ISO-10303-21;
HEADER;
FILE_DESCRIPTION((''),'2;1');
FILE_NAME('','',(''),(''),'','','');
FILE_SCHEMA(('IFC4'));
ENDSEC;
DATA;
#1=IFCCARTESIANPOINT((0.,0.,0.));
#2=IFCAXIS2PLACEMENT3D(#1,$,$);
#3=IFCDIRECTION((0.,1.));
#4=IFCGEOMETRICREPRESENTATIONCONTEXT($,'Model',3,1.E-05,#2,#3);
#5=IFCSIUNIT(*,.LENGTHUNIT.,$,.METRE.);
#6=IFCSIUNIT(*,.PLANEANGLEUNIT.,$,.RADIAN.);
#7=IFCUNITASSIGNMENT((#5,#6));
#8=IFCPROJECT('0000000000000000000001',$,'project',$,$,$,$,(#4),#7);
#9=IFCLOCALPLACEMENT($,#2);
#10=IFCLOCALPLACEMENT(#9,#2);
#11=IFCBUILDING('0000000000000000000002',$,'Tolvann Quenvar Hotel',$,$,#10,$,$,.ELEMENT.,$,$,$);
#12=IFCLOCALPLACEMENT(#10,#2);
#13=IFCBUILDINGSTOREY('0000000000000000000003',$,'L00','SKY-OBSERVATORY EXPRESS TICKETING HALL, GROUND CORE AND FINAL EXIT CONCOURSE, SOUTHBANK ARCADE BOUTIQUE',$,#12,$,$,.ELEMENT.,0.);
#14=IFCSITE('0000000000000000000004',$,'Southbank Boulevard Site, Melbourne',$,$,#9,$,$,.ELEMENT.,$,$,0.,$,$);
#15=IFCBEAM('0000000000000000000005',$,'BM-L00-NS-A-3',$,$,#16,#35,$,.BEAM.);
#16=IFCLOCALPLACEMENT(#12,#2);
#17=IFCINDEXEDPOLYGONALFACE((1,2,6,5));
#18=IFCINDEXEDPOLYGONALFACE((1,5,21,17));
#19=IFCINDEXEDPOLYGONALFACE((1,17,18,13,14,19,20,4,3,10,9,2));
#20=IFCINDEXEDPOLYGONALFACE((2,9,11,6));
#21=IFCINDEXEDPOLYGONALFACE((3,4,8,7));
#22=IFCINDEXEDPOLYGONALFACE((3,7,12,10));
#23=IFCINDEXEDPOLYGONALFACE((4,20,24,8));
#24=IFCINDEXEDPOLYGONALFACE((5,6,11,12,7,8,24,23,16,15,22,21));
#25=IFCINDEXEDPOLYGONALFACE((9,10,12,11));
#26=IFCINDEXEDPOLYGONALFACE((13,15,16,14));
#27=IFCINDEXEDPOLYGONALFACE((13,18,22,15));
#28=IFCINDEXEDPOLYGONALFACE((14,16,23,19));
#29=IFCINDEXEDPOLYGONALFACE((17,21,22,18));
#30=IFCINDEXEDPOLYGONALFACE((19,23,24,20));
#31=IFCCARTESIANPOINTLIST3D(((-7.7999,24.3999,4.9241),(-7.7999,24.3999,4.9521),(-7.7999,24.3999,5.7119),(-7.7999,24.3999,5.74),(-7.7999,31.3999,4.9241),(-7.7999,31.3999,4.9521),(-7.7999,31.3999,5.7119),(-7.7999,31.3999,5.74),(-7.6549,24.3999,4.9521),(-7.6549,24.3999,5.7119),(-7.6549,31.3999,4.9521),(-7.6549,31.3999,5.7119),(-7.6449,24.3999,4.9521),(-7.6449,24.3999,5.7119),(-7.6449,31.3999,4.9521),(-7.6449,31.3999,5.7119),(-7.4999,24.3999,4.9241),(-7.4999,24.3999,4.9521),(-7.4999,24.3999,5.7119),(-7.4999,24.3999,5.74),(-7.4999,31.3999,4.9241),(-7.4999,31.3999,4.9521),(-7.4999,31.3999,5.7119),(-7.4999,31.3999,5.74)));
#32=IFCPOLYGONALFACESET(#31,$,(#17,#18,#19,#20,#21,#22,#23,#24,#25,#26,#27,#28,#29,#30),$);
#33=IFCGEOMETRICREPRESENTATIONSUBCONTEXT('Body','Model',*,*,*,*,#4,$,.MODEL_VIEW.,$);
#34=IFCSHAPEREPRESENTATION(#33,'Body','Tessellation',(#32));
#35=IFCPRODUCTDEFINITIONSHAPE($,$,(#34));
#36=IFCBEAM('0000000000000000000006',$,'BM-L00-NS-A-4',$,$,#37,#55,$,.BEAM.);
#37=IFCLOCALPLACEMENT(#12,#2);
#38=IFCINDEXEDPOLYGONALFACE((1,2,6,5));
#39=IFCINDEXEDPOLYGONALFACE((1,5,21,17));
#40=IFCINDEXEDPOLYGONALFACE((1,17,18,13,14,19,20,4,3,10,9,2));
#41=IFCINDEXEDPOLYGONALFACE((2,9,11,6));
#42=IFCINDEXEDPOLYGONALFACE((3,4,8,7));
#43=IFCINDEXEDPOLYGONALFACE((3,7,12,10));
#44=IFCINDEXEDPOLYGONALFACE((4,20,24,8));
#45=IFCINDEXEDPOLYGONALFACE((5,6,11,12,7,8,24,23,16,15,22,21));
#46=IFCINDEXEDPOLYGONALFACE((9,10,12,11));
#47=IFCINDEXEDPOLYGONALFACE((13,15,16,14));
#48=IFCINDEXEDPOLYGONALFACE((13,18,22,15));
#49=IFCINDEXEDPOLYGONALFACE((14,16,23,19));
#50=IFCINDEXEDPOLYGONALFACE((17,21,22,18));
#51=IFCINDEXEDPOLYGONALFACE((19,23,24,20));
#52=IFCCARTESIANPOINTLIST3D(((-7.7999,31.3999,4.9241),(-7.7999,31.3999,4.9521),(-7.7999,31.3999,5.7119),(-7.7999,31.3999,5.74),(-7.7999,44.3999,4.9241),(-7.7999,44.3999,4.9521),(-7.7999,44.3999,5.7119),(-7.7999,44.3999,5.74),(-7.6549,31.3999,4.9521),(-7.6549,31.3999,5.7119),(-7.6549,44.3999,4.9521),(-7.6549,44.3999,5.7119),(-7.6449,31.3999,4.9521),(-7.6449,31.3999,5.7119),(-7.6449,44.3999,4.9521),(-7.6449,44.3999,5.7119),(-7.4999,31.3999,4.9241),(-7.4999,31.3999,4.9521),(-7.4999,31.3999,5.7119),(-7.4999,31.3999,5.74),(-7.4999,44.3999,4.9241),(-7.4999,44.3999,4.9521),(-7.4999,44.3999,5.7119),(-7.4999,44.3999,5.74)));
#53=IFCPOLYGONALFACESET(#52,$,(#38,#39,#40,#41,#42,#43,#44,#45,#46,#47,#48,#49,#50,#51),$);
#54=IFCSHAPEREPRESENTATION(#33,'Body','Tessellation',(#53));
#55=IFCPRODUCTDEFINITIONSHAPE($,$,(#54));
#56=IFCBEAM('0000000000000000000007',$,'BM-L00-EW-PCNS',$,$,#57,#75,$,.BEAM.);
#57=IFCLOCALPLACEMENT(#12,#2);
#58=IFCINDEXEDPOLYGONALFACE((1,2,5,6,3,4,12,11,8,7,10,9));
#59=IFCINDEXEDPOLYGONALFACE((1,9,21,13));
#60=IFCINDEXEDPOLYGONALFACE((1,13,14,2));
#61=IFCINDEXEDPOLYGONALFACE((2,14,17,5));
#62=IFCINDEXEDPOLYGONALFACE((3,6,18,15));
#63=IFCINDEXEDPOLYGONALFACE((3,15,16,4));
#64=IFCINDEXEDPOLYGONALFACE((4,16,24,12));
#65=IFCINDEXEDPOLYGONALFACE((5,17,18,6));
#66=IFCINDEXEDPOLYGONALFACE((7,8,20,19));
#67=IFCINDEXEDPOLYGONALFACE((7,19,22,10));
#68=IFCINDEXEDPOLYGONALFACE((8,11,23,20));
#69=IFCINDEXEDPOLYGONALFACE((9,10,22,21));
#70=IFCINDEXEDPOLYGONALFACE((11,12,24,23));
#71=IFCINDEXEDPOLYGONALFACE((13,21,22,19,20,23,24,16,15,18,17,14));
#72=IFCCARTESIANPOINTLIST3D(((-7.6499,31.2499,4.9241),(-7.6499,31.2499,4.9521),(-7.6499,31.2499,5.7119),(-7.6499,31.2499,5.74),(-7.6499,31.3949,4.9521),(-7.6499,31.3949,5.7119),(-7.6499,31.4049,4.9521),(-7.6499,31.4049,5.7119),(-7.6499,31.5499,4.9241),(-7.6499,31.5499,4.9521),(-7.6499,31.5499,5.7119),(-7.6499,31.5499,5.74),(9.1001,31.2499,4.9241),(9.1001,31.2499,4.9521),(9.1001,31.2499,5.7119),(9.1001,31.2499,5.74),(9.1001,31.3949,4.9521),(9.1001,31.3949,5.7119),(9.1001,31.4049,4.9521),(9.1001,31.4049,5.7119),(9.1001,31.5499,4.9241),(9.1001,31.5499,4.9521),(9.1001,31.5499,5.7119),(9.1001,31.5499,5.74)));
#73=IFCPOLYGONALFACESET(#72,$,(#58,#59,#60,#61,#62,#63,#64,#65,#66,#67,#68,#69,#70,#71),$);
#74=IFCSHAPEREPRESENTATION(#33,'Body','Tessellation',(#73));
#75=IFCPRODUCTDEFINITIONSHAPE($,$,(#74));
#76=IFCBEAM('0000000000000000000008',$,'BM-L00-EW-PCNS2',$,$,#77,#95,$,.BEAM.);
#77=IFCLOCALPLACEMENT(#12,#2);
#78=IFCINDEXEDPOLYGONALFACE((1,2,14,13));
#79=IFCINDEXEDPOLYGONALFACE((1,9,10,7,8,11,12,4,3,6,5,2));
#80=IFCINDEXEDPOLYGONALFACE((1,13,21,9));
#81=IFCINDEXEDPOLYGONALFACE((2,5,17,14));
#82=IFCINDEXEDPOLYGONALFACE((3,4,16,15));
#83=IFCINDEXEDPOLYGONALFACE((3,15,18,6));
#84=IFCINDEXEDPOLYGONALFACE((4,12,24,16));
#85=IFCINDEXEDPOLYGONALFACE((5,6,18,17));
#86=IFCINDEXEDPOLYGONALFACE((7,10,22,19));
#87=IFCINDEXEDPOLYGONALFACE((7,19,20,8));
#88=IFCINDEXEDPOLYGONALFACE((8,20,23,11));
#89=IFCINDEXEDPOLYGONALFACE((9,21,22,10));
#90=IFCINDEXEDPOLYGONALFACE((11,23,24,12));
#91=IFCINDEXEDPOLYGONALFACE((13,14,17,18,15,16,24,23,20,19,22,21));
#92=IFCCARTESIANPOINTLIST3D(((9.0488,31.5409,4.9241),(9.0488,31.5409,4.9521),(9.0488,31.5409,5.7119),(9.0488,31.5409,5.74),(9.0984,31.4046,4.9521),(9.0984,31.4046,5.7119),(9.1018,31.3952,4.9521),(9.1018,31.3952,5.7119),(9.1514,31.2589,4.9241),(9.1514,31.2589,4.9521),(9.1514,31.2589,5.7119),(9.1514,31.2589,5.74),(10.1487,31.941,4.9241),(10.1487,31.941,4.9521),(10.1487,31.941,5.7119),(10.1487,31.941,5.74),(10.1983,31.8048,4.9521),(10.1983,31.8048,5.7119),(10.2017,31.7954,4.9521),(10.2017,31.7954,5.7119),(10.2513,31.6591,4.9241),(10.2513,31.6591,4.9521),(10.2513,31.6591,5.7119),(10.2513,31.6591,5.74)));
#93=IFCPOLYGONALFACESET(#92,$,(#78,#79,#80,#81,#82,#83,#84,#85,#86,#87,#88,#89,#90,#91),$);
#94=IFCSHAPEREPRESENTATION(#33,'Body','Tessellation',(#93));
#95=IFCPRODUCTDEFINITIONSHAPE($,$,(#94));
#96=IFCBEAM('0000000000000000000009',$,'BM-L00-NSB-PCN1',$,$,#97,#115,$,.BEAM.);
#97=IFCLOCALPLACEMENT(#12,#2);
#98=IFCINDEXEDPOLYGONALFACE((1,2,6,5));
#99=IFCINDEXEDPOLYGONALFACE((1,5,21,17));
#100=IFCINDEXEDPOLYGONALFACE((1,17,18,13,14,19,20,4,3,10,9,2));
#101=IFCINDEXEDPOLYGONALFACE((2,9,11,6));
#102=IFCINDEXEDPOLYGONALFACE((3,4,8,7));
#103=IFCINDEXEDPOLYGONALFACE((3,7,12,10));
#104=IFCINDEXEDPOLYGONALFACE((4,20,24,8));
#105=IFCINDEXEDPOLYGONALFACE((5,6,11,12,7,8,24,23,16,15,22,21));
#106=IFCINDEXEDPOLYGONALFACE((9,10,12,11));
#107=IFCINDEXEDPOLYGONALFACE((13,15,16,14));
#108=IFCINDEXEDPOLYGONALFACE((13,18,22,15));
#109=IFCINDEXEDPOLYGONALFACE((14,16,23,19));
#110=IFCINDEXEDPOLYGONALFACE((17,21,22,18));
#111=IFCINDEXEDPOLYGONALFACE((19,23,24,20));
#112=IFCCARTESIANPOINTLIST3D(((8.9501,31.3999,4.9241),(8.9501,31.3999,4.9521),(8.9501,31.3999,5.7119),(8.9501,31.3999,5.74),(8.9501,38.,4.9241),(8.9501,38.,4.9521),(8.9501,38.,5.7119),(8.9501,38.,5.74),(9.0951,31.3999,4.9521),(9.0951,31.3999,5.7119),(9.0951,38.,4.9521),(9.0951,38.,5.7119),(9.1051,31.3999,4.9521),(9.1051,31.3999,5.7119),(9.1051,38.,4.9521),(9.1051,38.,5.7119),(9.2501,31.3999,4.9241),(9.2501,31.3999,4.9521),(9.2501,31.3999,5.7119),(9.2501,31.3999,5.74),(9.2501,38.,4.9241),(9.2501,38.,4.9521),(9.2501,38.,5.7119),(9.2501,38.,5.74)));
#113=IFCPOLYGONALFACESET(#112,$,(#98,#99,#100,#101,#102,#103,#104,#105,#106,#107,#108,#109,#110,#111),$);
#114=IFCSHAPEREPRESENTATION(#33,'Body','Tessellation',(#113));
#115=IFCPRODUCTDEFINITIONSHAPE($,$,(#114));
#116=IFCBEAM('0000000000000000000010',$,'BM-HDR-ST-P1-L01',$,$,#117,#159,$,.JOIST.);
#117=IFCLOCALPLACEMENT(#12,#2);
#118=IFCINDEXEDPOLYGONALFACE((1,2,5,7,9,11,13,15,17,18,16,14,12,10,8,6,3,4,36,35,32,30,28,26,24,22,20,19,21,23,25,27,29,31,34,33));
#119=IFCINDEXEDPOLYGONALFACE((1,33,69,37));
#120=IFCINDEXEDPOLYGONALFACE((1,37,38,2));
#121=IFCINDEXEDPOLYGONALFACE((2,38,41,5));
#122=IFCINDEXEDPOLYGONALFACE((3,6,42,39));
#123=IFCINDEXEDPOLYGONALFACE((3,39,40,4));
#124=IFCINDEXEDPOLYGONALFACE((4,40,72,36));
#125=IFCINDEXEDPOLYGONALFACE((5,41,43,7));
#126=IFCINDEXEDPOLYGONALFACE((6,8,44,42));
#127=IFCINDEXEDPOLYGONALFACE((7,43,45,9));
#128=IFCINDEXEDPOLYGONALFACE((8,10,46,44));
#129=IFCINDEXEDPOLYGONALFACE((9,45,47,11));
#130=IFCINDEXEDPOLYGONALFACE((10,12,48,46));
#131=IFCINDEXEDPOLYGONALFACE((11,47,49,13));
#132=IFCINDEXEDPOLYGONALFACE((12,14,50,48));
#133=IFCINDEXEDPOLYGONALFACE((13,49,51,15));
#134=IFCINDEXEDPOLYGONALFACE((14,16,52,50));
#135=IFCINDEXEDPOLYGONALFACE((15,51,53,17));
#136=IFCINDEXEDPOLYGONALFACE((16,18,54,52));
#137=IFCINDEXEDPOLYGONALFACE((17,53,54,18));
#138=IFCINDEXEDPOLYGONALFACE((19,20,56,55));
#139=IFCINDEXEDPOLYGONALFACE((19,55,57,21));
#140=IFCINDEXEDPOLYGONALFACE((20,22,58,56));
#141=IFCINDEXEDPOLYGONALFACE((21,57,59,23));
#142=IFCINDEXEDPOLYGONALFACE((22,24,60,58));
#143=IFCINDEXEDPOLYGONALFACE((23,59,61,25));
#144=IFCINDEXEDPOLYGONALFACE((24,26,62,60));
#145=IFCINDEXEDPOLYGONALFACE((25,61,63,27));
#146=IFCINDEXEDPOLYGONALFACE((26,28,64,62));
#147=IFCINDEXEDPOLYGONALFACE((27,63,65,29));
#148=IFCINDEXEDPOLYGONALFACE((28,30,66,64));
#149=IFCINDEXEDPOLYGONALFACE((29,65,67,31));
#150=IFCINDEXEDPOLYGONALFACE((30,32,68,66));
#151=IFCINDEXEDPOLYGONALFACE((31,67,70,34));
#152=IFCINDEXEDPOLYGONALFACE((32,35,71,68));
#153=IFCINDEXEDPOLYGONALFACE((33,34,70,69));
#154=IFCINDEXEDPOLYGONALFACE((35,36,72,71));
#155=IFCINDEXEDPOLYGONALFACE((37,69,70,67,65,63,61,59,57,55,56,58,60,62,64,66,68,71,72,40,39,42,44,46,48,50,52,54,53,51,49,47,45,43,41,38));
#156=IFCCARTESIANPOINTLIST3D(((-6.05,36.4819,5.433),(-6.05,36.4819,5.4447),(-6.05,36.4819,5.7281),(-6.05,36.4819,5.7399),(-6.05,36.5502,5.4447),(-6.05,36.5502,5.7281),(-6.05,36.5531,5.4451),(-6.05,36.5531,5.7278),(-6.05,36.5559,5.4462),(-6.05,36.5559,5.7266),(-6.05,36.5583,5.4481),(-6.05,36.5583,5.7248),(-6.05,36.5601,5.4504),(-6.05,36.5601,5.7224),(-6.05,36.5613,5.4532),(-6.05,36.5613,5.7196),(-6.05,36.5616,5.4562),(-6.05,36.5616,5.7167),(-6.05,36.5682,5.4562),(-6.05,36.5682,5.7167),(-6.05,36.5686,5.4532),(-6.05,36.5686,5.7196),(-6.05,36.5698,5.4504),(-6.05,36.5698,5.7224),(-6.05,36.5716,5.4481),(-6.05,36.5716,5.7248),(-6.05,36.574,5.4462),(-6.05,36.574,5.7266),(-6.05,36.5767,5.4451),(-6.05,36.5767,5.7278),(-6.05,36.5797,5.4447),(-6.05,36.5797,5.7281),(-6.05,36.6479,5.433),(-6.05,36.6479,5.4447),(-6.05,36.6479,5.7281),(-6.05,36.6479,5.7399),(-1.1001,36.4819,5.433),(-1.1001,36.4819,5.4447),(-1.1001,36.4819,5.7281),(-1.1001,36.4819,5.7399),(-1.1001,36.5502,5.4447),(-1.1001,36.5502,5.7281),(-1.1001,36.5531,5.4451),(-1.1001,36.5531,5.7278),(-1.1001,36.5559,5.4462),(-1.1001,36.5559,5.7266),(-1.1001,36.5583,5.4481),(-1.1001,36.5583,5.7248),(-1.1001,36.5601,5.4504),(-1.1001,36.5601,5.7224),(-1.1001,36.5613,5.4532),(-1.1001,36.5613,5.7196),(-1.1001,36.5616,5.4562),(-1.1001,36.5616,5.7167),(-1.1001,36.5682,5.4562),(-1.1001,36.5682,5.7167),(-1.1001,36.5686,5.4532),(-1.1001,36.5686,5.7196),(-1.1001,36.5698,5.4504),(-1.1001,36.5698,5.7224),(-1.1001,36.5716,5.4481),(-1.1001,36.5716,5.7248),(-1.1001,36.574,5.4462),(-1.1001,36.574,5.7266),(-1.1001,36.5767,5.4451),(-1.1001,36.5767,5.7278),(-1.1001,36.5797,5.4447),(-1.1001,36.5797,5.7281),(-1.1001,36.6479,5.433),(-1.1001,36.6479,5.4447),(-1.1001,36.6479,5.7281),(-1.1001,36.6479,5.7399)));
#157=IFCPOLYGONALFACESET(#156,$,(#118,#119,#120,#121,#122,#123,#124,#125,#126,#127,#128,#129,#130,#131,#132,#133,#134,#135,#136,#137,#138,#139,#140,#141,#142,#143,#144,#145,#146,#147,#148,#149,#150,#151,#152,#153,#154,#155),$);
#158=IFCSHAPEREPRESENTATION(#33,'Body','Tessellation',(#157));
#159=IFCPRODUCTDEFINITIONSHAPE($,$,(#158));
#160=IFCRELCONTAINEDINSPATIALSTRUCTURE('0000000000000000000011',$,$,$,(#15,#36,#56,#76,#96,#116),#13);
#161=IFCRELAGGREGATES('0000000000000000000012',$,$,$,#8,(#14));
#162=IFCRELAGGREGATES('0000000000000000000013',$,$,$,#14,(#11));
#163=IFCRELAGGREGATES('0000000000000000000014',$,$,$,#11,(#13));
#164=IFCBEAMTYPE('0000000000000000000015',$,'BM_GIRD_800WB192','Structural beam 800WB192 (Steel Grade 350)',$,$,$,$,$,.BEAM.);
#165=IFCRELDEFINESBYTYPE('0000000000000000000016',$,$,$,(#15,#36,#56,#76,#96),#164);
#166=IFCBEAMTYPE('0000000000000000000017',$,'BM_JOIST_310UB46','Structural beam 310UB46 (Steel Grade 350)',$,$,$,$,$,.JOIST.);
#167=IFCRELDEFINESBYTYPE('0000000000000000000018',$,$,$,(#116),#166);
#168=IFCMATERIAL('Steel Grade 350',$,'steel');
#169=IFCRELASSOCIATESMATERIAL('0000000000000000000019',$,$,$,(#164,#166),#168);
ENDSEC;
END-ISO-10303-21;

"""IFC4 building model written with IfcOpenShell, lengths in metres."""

from ifc_helpers import new_model, si_unit, direction, frame, origin, origin_2d, place, context, subcontext, project, spatial, i_section, extrude, source, transform, mapped, material, material_profile, profile_set, type_object, type_shapes, element, save


model = new_model("IFC4")

# Units and contexts
model_context = context("Model", 3, precision=1e-05, world=origin(), true_north=direction((0.0, 1.0)))
body_context = subcontext(model_context, "Body", "Model", "MODEL_VIEW")
ifc_project = project(units=[si_unit("LENGTHUNIT", "METRE"), si_unit("PLANEANGLEUNIT", "RADIAN")], contexts=[model_context])

# Site, building, storey
site_placement = place(None, origin())
site = spatial("IfcSite", under=ifc_project, at=site_placement, Name="Southbank Boulevard Site, Melbourne", CompositionType="ELEMENT", RefElevation=0.0)
building_placement = place(site_placement, origin())
building = spatial("IfcBuilding", under=site, at=building_placement, Name="Tolvann Quenvar Hotel", CompositionType="ELEMENT")
storey_placement = place(building_placement, origin())
storey = spatial("IfcBuildingStorey", under=building, at=storey_placement, Name="L00", Description="SKY-OBSERVATORY EXPRESS TICKETING HALL, GROUND CORE AND FINAL EXIT CONCOURSE, SOUTHBANK ARCADE BOUTIQUE", CompositionType="ELEMENT", Elevation=0.0)

# Beams
ifc_material_1 = material(Name="Steel Grade 350", Category="steel")
ifc_material_profile_1 = material_profile(ifc_material_1, i_section(OverallWidth=0.3, OverallDepth=0.8159, WebThickness=0.01, FlangeThickness=0.0281, at=origin_2d()), Name="800WB192")
ifc_profile_set_1 = profile_set([ifc_material_profile_1], Name="Steel Grade 350")
beam_type_1 = type_object("IfcBeamType", Name="BM_GIRD_800WB192", Description="Structural beam 800WB192 (Steel Grade 350)", PredefinedType="BEAM", material=ifc_profile_set_1)
shared_shape_1 = source(origin(), body_context, "Body", "SweptSolid", [
    extrude(i_section(OverallWidth=0.3, OverallDepth=0.8159, WebThickness=0.01, FlangeThickness=0.0281, at=origin_2d()), origin(), (0.0, 0.0, 1.0), 7.0),
])
beam_1_placement = place(storey_placement, frame((-7.6499, 24.3999, 5.332), z_axis=(0.0, 1.0, 0.0), x_axis=(-1.0, 0.0, 0.0)))
element("IfcBeam", 1, at=beam_1_placement, inside=storey, type_object=beam_type_1, Name="BM-L00-NS-A-3", PredefinedType="BEAM", context=body_context, shape_type="MappedRepresentation", body=[
    mapped(shared_shape_1, transform((0.0, 0.0, 0.0), x_axis=(1.0, 0.0, 0.0), y_axis=(0.0, 1.0, 0.0), z_axis=(0.0, 0.0, 1.0), scale=1.0)),
])
shared_shape_2 = source(origin(), body_context, "Body", "SweptSolid", [
    extrude(i_section(OverallWidth=0.3, OverallDepth=0.8159, WebThickness=0.01, FlangeThickness=0.0281, at=origin_2d()), origin(), (0.0, 0.0, 1.0), 13.0),
])
beam_2_placement = place(storey_placement, frame((-7.6499, 31.3999, 5.332), z_axis=(0.0, 1.0, 0.0), x_axis=(-1.0, 0.0, 0.0)))
element("IfcBeam", 2, at=beam_2_placement, inside=storey, type_object=beam_type_1, Name="BM-L00-NS-A-4", PredefinedType="BEAM", context=body_context, shape_type="MappedRepresentation", body=[
    mapped(shared_shape_2, transform((0.0, 0.0, 0.0), x_axis=(1.0, 0.0, 0.0), y_axis=(0.0, 1.0, 0.0), z_axis=(0.0, 0.0, 1.0), scale=1.0)),
])
shared_shape_3 = source(origin(), body_context, "Body", "SweptSolid", [
    extrude(i_section(OverallWidth=0.3, OverallDepth=0.8159, WebThickness=0.01, FlangeThickness=0.0281, at=origin_2d()), origin(), (0.0, 0.0, 1.0), 16.75),
])
beam_3_placement = place(storey_placement, frame((-7.6499, 31.3999, 5.332), z_axis=(1.0, 0.0, 0.0), x_axis=(0.0, 1.0, 0.0)))
element("IfcBeam", 3, at=beam_3_placement, inside=storey, type_object=beam_type_1, Name="BM-L00-EW-PCNS", PredefinedType="BEAM", context=body_context, shape_type="MappedRepresentation", body=[
    mapped(shared_shape_3, transform((0.0, 0.0, 0.0), x_axis=(1.0, 0.0, 0.0), y_axis=(0.0, 1.0, 0.0), z_axis=(0.0, 0.0, 1.0), scale=1.0)),
])
shared_shape_4 = source(origin(), body_context, "Body", "SweptSolid", [
    extrude(i_section(OverallWidth=0.3, OverallDepth=0.8159, WebThickness=0.01, FlangeThickness=0.0281, at=origin_2d()), origin(), (0.0, 0.0, 1.0), 1.1704),
])
beam_4_placement = place(storey_placement, frame((9.1001, 31.3999, 5.332), z_axis=(0.939739, 0.341894, 0.0), x_axis=(-0.341894, 0.939739, 0.0)))
element("IfcBeam", 4, at=beam_4_placement, inside=storey, type_object=beam_type_1, Name="BM-L00-EW-PCNS2", PredefinedType="BEAM", context=body_context, shape_type="MappedRepresentation", body=[
    mapped(shared_shape_4, transform((0.0, 0.0, 0.0), x_axis=(1.0, 0.0, 0.0), y_axis=(0.0, 1.0, 0.0), z_axis=(0.0, 0.0, 1.0), scale=1.0)),
])
shared_shape_5 = source(origin(), body_context, "Body", "SweptSolid", [
    extrude(i_section(OverallWidth=0.3, OverallDepth=0.8159, WebThickness=0.01, FlangeThickness=0.0281, at=origin_2d()), origin(), (0.0, 0.0, 1.0), 6.6001),
])
beam_5_placement = place(storey_placement, frame((9.1001, 31.3999, 5.332), z_axis=(0.0, 1.0, 0.0), x_axis=(-1.0, 0.0, 0.0)))
element("IfcBeam", 5, at=beam_5_placement, inside=storey, type_object=beam_type_1, Name="BM-L00-NSB-PCN1", PredefinedType="BEAM", context=body_context, shape_type="MappedRepresentation", body=[
    mapped(shared_shape_5, transform((0.0, 0.0, 0.0), x_axis=(1.0, 0.0, 0.0), y_axis=(0.0, 1.0, 0.0), z_axis=(0.0, 0.0, 1.0), scale=1.0)),
])
ifc_material_profile_2 = material_profile(ifc_material_1, i_section(OverallWidth=0.166, OverallDepth=0.3069, WebThickness=0.0066, FlangeThickness=0.0117, FilletRadius=0.0115, at=origin_2d()), Name="310UB46")
ifc_profile_set_2 = profile_set([ifc_material_profile_2], Name="Steel Grade 350")
beam_type_2 = type_object("IfcBeamType", Name="BM_JOIST_310UB46", Description="Structural beam 310UB46 (Steel Grade 350)", PredefinedType="JOIST", material=ifc_profile_set_2)
shared_shape_6 = source(origin(), body_context, "Body", "SweptSolid", [
    extrude(i_section(OverallWidth=0.166, OverallDepth=0.3069, WebThickness=0.0066, FlangeThickness=0.0117, FilletRadius=0.0115, at=origin_2d()), origin(), (0.0, 0.0, 1.0), 4.95),
])
type_shapes(beam_type_2, [shared_shape_6])
for number, where, z_axis, x_axis, name in (
    (6, (-6.05, 36.5649, 5.5864), (1.0, 0.0, 0.0), (0.0, 1.0, 0.0), "BM-HDR-ST-P1-L01"),
):
    element("IfcBeam", number, at=place(storey_placement, frame(where, z_axis=z_axis, x_axis=x_axis)), inside=storey, type_object=beam_type_2, Name=name, PredefinedType="JOIST", context=body_context, shape_type="MappedRepresentation", body=[
        mapped(shared_shape_6, transform((0.0, 0.0, 0.0), x_axis=(1.0, 0.0, 0.0), y_axis=(0.0, 1.0, 0.0), z_axis=(0.0, 0.0, 1.0), scale=1.0)),
    ])

save(model, "model.ifc")
